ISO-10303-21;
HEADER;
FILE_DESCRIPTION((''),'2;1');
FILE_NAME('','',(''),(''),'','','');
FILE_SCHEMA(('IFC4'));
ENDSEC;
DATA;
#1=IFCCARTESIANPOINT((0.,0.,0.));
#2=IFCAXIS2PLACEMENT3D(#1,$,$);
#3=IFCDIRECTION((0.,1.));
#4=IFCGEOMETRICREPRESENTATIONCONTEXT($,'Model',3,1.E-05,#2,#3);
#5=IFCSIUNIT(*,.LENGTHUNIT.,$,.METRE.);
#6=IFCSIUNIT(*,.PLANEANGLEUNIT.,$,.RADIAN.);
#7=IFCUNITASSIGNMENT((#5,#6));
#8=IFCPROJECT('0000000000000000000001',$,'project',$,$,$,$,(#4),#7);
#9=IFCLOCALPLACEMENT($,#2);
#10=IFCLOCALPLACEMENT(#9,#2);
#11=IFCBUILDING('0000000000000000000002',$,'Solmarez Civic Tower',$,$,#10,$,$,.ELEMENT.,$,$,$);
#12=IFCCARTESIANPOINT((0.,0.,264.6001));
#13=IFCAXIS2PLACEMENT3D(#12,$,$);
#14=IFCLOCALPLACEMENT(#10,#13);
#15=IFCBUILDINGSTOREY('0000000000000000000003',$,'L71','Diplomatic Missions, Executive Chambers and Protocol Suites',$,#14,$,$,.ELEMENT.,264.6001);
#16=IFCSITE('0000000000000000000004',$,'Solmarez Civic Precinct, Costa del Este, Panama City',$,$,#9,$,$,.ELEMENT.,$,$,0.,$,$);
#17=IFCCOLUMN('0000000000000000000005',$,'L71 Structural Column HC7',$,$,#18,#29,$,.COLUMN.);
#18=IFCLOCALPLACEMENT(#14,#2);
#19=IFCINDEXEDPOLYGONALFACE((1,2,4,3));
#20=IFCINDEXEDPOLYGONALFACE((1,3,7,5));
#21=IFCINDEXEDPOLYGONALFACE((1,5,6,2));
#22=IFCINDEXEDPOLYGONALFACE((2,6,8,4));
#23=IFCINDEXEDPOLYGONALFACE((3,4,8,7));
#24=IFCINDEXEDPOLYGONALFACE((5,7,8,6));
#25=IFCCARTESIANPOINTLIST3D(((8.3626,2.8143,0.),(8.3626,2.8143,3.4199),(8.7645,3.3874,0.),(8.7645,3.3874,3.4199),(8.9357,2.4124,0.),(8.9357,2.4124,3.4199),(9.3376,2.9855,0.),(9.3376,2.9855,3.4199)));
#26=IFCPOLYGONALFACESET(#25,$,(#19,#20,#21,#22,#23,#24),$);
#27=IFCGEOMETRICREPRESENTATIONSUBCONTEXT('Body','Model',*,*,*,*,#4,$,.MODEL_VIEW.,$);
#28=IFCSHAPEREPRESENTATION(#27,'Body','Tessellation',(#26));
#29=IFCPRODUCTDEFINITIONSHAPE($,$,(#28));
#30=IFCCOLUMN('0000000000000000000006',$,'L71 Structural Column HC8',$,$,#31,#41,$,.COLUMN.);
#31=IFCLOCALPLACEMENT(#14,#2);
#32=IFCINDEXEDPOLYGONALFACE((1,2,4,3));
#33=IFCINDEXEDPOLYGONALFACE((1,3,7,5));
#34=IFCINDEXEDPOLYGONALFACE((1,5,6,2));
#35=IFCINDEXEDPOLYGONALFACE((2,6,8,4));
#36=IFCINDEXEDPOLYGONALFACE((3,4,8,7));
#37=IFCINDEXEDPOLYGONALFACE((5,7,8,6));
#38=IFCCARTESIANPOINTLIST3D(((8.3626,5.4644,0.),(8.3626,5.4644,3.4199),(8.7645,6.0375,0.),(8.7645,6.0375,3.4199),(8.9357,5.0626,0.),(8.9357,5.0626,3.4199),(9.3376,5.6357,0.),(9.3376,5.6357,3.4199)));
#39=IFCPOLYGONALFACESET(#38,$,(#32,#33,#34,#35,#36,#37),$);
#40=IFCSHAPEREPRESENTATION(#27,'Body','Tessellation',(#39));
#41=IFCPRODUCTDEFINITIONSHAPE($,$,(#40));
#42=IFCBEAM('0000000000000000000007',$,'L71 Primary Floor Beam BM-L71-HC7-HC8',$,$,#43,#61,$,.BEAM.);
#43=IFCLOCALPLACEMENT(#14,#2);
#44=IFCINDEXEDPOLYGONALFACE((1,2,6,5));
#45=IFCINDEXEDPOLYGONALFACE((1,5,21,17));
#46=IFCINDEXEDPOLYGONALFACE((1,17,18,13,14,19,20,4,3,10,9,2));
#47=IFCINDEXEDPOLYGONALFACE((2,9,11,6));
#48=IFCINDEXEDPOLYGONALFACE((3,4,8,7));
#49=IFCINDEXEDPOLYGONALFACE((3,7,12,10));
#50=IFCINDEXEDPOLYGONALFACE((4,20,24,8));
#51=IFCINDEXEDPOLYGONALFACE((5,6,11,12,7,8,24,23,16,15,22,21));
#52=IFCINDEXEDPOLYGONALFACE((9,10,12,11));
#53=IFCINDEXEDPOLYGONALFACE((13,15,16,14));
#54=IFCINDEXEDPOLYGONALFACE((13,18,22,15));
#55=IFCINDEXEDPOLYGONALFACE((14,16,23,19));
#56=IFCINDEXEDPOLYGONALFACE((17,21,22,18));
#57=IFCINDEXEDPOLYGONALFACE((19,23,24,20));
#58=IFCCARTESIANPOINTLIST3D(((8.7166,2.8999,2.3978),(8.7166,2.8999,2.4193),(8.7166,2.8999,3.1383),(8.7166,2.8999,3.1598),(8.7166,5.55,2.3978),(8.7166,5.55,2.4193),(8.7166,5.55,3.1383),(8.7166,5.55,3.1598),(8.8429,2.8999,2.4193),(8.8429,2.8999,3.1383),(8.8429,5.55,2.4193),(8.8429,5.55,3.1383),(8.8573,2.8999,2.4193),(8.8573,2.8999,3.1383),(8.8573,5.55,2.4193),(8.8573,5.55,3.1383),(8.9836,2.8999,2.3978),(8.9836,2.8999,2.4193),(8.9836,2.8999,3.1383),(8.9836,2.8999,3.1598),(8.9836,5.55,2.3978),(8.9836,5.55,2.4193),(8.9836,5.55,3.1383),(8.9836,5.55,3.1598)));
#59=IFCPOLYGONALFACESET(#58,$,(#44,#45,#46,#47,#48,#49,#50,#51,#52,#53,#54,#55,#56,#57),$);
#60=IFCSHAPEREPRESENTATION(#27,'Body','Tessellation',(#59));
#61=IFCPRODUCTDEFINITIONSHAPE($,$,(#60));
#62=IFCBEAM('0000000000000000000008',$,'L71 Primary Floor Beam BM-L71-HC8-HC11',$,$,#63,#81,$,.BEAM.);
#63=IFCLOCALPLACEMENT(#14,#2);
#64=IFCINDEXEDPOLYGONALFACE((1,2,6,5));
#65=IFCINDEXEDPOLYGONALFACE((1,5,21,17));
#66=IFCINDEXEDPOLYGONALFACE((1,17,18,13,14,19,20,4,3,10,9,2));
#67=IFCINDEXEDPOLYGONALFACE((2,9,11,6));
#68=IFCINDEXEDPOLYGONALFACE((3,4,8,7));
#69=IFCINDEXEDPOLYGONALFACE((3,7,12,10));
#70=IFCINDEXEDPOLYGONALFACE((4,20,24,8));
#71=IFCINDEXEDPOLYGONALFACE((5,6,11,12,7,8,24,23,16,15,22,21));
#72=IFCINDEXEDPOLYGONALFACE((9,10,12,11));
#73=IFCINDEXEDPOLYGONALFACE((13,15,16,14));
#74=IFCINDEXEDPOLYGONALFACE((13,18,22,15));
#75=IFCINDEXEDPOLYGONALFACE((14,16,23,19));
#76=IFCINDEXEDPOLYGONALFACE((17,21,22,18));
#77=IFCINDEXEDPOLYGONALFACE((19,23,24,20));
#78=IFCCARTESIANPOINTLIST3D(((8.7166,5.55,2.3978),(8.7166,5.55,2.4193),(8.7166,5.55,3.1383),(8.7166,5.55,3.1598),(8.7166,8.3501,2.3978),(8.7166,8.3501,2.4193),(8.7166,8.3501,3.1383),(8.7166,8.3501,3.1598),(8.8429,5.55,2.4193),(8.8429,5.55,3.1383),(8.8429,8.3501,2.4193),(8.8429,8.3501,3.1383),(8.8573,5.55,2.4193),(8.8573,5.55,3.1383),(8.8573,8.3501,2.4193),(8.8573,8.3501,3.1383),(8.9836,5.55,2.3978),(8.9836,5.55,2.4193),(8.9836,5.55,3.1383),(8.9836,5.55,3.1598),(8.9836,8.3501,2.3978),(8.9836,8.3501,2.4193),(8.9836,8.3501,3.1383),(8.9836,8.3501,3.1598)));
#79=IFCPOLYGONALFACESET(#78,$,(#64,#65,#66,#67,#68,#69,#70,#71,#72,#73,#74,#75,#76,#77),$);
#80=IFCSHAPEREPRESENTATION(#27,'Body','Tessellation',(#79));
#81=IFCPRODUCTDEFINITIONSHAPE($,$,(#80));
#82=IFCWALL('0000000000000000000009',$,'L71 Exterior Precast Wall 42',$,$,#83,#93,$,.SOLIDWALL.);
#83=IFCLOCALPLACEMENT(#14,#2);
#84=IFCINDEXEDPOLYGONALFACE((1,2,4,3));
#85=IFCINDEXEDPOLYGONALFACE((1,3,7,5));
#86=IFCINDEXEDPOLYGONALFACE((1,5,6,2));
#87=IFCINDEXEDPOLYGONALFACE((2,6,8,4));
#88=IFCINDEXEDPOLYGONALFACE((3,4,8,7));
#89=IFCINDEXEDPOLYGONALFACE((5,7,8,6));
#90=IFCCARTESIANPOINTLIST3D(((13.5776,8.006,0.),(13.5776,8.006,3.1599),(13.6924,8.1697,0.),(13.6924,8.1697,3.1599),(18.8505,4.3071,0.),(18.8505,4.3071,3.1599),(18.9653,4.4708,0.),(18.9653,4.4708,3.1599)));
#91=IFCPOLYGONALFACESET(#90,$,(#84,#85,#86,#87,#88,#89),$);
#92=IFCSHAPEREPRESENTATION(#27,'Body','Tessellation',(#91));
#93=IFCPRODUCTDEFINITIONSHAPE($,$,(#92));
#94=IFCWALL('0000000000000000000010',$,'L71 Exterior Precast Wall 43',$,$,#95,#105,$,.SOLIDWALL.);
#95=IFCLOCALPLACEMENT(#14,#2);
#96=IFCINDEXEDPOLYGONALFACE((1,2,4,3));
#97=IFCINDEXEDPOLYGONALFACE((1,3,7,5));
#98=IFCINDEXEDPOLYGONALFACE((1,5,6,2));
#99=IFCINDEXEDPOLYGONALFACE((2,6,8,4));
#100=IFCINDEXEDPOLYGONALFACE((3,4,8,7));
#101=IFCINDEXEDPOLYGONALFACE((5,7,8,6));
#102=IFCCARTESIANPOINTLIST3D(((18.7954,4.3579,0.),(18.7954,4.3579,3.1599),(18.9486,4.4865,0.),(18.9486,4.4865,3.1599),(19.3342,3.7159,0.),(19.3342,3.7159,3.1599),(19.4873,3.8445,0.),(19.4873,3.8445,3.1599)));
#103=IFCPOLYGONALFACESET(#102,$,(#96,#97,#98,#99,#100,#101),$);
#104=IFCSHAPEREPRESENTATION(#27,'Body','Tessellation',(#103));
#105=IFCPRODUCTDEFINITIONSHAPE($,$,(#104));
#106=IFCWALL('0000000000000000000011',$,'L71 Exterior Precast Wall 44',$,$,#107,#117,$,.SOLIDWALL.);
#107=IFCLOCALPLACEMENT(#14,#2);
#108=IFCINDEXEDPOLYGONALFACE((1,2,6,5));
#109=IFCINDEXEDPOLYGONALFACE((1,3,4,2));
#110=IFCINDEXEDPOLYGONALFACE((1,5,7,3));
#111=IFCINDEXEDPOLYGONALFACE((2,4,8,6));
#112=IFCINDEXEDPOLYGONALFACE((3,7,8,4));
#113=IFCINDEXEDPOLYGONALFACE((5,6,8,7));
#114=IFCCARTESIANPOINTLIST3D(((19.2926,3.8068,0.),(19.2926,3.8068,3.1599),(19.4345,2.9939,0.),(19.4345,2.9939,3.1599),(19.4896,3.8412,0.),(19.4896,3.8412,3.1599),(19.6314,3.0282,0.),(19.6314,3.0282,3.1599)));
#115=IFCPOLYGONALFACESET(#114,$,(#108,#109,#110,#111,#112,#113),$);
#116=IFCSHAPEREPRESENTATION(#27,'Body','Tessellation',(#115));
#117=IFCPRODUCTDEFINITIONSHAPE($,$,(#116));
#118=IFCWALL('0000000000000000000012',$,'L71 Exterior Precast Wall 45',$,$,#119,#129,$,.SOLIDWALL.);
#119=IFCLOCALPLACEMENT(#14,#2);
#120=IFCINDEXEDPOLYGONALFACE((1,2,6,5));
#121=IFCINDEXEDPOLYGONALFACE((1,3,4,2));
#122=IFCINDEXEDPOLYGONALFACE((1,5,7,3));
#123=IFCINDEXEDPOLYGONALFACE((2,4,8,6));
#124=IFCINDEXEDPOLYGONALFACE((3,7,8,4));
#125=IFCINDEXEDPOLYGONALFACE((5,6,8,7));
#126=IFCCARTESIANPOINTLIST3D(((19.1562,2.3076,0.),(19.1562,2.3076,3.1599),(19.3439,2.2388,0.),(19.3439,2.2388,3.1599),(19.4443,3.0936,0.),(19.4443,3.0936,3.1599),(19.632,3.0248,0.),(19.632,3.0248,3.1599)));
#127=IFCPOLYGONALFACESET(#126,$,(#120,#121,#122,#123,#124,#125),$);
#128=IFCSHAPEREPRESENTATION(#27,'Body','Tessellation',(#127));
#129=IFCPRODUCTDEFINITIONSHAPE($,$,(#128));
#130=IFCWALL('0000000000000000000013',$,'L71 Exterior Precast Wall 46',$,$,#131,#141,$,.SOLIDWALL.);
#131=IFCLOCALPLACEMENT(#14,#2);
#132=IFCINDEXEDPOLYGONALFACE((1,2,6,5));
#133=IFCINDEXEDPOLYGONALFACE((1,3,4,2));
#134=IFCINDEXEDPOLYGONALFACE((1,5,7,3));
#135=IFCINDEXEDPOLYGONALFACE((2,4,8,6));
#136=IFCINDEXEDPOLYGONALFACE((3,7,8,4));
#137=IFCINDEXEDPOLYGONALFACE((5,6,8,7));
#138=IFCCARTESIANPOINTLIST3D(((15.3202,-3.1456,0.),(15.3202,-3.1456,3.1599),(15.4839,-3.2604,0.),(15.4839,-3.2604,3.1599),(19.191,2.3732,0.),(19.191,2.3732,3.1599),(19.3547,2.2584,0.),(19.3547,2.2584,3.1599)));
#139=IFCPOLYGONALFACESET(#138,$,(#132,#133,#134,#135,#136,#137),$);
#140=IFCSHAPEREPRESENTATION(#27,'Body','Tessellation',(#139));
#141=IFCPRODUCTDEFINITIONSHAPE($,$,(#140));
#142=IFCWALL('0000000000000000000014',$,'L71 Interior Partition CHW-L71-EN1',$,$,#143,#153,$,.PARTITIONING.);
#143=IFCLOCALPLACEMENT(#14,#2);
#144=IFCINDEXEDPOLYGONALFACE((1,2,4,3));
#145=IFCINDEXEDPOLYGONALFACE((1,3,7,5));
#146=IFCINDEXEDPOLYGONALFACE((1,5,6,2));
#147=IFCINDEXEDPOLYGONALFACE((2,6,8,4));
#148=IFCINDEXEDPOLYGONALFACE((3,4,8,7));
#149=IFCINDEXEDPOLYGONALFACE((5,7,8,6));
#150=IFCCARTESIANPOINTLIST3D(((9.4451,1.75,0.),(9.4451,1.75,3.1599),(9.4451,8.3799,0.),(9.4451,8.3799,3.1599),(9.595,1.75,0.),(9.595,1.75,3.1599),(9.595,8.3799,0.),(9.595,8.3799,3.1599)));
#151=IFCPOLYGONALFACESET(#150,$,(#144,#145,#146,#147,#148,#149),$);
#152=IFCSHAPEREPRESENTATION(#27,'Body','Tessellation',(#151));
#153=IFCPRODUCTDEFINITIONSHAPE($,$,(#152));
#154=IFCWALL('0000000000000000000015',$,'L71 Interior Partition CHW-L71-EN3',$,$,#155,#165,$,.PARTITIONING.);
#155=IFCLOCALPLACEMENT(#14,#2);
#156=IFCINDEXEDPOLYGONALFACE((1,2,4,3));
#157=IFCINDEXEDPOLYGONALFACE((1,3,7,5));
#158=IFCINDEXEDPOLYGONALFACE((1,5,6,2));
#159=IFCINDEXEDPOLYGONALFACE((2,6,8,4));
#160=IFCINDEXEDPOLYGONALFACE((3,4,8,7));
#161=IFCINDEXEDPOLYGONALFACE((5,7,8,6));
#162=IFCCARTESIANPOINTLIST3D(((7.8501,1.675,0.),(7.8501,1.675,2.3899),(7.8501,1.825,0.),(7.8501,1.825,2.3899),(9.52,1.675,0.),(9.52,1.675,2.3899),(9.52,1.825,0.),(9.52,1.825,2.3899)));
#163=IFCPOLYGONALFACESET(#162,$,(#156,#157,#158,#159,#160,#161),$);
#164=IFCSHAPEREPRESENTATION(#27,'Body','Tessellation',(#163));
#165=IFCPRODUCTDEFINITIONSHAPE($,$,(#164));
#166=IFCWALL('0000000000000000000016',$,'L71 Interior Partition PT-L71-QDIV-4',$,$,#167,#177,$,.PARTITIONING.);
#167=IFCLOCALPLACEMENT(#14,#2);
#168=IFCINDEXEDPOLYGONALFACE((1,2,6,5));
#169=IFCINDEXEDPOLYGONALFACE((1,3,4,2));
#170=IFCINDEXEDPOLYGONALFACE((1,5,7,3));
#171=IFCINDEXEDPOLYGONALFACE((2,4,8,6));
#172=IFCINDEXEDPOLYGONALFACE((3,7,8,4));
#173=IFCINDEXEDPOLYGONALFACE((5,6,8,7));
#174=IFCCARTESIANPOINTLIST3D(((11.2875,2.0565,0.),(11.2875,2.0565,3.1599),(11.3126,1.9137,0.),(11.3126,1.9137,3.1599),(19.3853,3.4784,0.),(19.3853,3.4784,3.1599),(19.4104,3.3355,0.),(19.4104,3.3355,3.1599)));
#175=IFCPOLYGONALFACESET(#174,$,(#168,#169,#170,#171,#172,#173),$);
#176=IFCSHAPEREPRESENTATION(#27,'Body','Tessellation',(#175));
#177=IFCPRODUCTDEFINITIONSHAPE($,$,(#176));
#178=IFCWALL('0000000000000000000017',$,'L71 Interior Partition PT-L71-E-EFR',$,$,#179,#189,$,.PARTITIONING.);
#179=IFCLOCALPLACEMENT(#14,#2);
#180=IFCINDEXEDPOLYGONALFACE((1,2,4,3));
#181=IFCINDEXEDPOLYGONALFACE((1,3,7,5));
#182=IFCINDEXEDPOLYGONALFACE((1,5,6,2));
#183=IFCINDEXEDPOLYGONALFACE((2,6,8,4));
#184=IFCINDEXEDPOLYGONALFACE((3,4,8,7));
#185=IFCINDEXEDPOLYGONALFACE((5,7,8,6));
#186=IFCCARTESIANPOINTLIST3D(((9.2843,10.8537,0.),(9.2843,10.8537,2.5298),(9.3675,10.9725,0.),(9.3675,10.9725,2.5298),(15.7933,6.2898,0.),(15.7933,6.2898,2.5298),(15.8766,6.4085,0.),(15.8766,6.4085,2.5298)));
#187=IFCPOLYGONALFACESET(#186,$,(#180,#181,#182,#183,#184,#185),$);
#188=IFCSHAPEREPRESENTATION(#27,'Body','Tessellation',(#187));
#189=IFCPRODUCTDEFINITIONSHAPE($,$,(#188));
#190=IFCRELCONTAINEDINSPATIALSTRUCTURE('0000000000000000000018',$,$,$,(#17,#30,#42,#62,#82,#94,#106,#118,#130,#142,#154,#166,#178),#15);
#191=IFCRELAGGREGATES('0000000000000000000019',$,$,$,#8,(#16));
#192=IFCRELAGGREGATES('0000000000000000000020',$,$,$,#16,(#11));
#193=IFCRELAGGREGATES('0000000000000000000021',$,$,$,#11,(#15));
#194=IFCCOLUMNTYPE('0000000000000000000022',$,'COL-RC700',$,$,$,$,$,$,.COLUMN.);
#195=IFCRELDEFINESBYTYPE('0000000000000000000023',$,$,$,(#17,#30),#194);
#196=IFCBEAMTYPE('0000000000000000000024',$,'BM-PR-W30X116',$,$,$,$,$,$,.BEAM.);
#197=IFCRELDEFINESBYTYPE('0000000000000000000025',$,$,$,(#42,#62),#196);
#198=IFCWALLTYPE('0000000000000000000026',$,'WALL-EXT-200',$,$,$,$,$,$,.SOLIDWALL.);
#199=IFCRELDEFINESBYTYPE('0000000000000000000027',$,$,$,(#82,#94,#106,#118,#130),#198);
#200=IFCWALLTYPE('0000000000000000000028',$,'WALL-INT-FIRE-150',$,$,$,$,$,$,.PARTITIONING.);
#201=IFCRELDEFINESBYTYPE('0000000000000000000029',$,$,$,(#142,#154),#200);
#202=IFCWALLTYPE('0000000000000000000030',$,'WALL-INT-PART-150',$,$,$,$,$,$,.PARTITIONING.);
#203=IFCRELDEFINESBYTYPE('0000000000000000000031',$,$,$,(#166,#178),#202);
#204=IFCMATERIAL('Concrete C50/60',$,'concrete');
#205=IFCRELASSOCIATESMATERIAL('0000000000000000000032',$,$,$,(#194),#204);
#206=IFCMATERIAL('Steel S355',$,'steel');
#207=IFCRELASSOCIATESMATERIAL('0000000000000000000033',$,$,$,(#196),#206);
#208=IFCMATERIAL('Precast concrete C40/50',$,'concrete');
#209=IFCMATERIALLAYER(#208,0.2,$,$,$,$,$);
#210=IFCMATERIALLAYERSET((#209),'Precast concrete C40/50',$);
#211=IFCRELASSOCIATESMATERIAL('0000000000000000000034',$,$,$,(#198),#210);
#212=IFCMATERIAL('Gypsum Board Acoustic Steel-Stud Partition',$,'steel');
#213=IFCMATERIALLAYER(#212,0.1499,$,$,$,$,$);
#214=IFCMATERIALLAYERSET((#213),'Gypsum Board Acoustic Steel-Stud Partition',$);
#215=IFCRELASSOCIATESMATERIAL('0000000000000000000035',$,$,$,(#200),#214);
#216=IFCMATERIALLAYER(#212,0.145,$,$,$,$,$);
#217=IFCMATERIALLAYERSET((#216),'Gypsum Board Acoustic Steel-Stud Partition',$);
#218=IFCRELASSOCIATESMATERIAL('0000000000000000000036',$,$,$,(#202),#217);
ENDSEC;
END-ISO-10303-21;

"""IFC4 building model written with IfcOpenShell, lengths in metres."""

from ifc_helpers import new_model, si_unit, direction, frame, frame_2d, origin, origin_2d, place, context, subcontext, project, spatial, rectangle, i_section, extrude, material, layer, layer_set, material_profile, profile_set, type_object, element, save


model = new_model("IFC4")

# Units and contexts
model_context = context("Model", 3, precision=1e-05, world=origin(), true_north=direction((0.0, 1.0)))
body_context = subcontext(model_context, "Body", "Model", "MODEL_VIEW")
ifc_project = project(units=[si_unit("LENGTHUNIT", "METRE"), si_unit("PLANEANGLEUNIT", "RADIAN")], contexts=[model_context])

# Site, building, storey
site_placement = place(None, origin())
site = spatial("IfcSite", under=ifc_project, at=site_placement, Name="Solmarez Civic Precinct, Costa del Este, Panama City", CompositionType="ELEMENT", RefElevation=0.0)
building_placement = place(site_placement, origin())
building = spatial("IfcBuilding", under=site, at=building_placement, Name="Solmarez Civic Tower", CompositionType="ELEMENT")
storey_placement = place(building_placement, frame((0.0, 0.0, 264.6001)))
storey = spatial("IfcBuildingStorey", under=building, at=storey_placement, Name="L71", Description="Diplomatic Missions, Executive Chambers and Protocol Suites", CompositionType="ELEMENT", Elevation=264.6001)

# Columns
ifc_material_1 = material(Name="Concrete C50/60", Category="concrete")
ifc_material_profile_1 = material_profile(ifc_material_1, rectangle(XDim=0.7, YDim=0.7, at=origin_2d()), Name="RC700X700")
ifc_profile_set_1 = profile_set([ifc_material_profile_1], Name="Concrete C50/60")
column_type = type_object("IfcColumnType", Name="COL-RC700", PredefinedType="COLUMN", material=ifc_profile_set_1)
for number, where, z_axis, x_axis, name in (
    (1, (8.8501, 2.8999, 0.0), (0.0, 0.0, 1.0), (0.574148, 0.818751, 0.0), "L71 Structural Column HC7"),
    (2, (8.8501, 5.55, 0.0), (0.0, 0.0, 1.0), (0.574148, 0.818751, 0.0), "L71 Structural Column HC8"),
):
    element("IfcColumn", number, at=place(storey_placement, frame(where, z_axis=z_axis, x_axis=x_axis)), inside=storey, type_object=column_type, Name=name, PredefinedType="COLUMN", context=body_context, shape_type="SweptSolid", body=[
        extrude(rectangle(XDim=0.7, YDim=0.7, at=origin_2d()), origin(), (0.0, 0.0, 1.0), 3.4199),
    ])

# Beams
ifc_material_2 = material(Name="Steel S355", Category="steel")
ifc_material_profile_2 = material_profile(ifc_material_2, i_section(OverallWidth=0.2671, OverallDepth=0.762, WebThickness=0.0144, FlangeThickness=0.0215, at=origin_2d()), Name="W30X116")
ifc_profile_set_2 = profile_set([ifc_material_profile_2], Name="Steel S355")
beam_type = type_object("IfcBeamType", Name="BM-PR-W30X116", PredefinedType="BEAM", material=ifc_profile_set_2)
beam_1_placement = place(storey_placement, frame((8.8501, 2.8999, 2.7788), z_axis=(0.0, 1.0, 0.0), x_axis=(-1.0, 0.0, 0.0)))
element("IfcBeam", 3, at=beam_1_placement, inside=storey, type_object=beam_type, Name="L71 Primary Floor Beam BM-L71-HC7-HC8", PredefinedType="BEAM", context=body_context, shape_type="SweptSolid", body=[
    extrude(i_section(OverallWidth=0.2671, OverallDepth=0.762, WebThickness=0.0144, FlangeThickness=0.0215, at=origin_2d()), origin(), (0.0, 0.0, 1.0), 2.6501),
])
beam_2_placement = place(storey_placement, frame((8.8501, 5.55, 2.7788), z_axis=(0.0, 1.0, 0.0), x_axis=(-1.0, 0.0, 0.0)))
element("IfcBeam", 4, at=beam_2_placement, inside=storey, type_object=beam_type, Name="L71 Primary Floor Beam BM-L71-HC8-HC11", PredefinedType="BEAM", context=body_context, shape_type="SweptSolid", body=[
    extrude(i_section(OverallWidth=0.2671, OverallDepth=0.762, WebThickness=0.0144, FlangeThickness=0.0215, at=origin_2d()), origin(), (0.0, 0.0, 1.0), 2.8),
])

# Walls
ifc_material_3 = material(Name="Precast concrete C40/50", Category="concrete")
ifc_layer_1 = layer(ifc_material_3, 0.2)
ifc_layer_set_1 = layer_set([ifc_layer_1], Name="Precast concrete C40/50")
wall_type_1 = type_object("IfcWallType", Name="WALL-EXT-200", PredefinedType="SOLIDWALL", material=ifc_layer_set_1)
wall_1_placement = place(storey_placement, frame((13.635, 8.0879, 0.0), z_axis=(0.0, 0.0, 1.0), x_axis=(0.818655, -0.574286, 0.0)))
element("IfcWall", 5, at=wall_1_placement, inside=storey, type_object=wall_type_1, Name="L71 Exterior Precast Wall 42", PredefinedType="SOLIDWALL", context=body_context, shape_type="SweptSolid", body=[
    extrude(rectangle(XDim=6.4409, YDim=0.2, at=frame_2d((3.2205, 0.0))), origin(), (0.0, 0.0, 1.0), 3.1599),
])
wall_2_placement = place(storey_placement, frame((18.8721, 4.4221, 0.0), z_axis=(0.0, 0.0, 1.0), x_axis=(0.642816, -0.76602, 0.0)))
element("IfcWall", 6, at=wall_2_placement, inside=storey, type_object=wall_type_1, Name="L71 Exterior Precast Wall 43", PredefinedType="SOLIDWALL", context=body_context, shape_type="SweptSolid", body=[
    extrude(rectangle(XDim=0.8381, YDim=0.2, at=frame_2d((0.4189, 0.0))), origin(), (0.0, 0.0, 1.0), 3.1599),
])
wall_3_placement = place(storey_placement, frame((19.3911, 3.824, 0.0), z_axis=(0.0, 0.0, 1.0), x_axis=(0.171878, -0.985118, 0.0)))
element("IfcWall", 7, at=wall_3_placement, inside=storey, type_object=wall_type_1, Name="L71 Exterior Precast Wall 44", PredefinedType="SOLIDWALL", context=body_context, shape_type="SweptSolid", body=[
    extrude(rectangle(XDim=0.8252, YDim=0.2, at=frame_2d((0.4126, 0.0))), origin(), (0.0, 0.0, 1.0), 3.1599),
])
wall_4_placement = place(storey_placement, frame((19.5381, 3.0591, 0.0), z_axis=(0.0, 0.0, 1.0), x_axis=(-0.344083, -0.938939, 0.0)))
element("IfcWall", 8, at=wall_4_placement, inside=storey, type_object=wall_type_1, Name="L71 Exterior Precast Wall 45", PredefinedType="SOLIDWALL", context=body_context, shape_type="SweptSolid", body=[
    extrude(rectangle(XDim=0.8372, YDim=0.2, at=frame_2d((0.4185, 0.0))), origin(), (0.0, 0.0, 1.0), 3.1599),
])
wall_5_placement = place(storey_placement, frame((19.2729, 2.3159, 0.0), z_axis=(0.0, 0.0, 1.0), x_axis=(-0.574228, -0.818696, 0.0)))
element("IfcWall", 9, at=wall_5_placement, inside=storey, type_object=wall_type_1, Name="L71 Exterior Precast Wall 46", PredefinedType="SOLIDWALL", context=body_context, shape_type="SweptSolid", body=[
    extrude(rectangle(XDim=6.741, YDim=0.2, at=frame_2d((3.3706, 0.0))), origin(), (0.0, 0.0, 1.0), 3.1599),
])
ifc_material_4 = material(Name="Gypsum Board Acoustic Steel-Stud Partition", Category="steel")
ifc_layer_2 = layer(ifc_material_4, 0.1499)
ifc_layer_set_2 = layer_set([ifc_layer_2], Name="Gypsum Board Acoustic Steel-Stud Partition")
wall_type_2 = type_object("IfcWallType", Name="WALL-INT-FIRE-150", PredefinedType="PARTITIONING", material=ifc_layer_set_2)
wall_6_placement = place(storey_placement, frame((9.52, 1.75, 0.0), z_axis=(0.0, 0.0, 1.0), x_axis=(0.0, 1.0, 0.0)))
element("IfcWall", 10, at=wall_6_placement, inside=storey, type_object=wall_type_2, Name="L71 Interior Partition CHW-L71-EN1", PredefinedType="PARTITIONING", context=body_context, shape_type="SweptSolid", body=[
    extrude(rectangle(XDim=6.6299, YDim=0.1499, at=frame_2d((3.3149, 0.0))), origin(), (0.0, 0.0, 1.0), 3.1599),
])
wall_7_placement = place(storey_placement, frame((7.8501, 1.75, 0.0), z_axis=(0.0, 0.0, 1.0), x_axis=(1.0, 0.0, 0.0)))
element("IfcWall", 11, at=wall_7_placement, inside=storey, type_object=wall_type_2, Name="L71 Interior Partition CHW-L71-EN3", PredefinedType="PARTITIONING", context=body_context, shape_type="SweptSolid", body=[
    extrude(rectangle(XDim=1.6699, YDim=0.1499, at=frame_2d((0.835, 0.0))), origin(), (0.0, 0.0, 1.0), 2.3899),
])
ifc_layer_3 = layer(ifc_material_4, 0.145)
ifc_layer_set_3 = layer_set([ifc_layer_3], Name="Gypsum Board Acoustic Steel-Stud Partition")
wall_type_3 = type_object("IfcWallType", Name="WALL-INT-PART-150", PredefinedType="PARTITIONING", material=ifc_layer_set_3)
wall_8_placement = place(storey_placement, frame((11.3, 1.9851, 0.0), z_axis=(0.0, 0.0, 1.0), x_axis=(0.984932, 0.17294, 0.0)))
element("IfcWall", 12, at=wall_8_placement, inside=storey, type_object=wall_type_3, Name="L71 Interior Partition PT-L71-QDIV-4", PredefinedType="PARTITIONING", context=body_context, shape_type="SweptSolid", body=[
    extrude(rectangle(XDim=8.2217, YDim=0.145, at=frame_2d((4.1108, 0.0))), origin(), (0.0, 0.0, 1.0), 3.1599),
])
wall_9_placement = place(storey_placement, frame((15.835, 6.3491, 0.0), z_axis=(0.0, 0.0, 1.0), x_axis=(-0.81878, 0.574107, 0.0)))
element("IfcWall", 13, at=wall_9_placement, inside=storey, type_object=wall_type_3, Name="L71 Interior Partition PT-L71-E-EFR", PredefinedType="PARTITIONING", context=body_context, shape_type="SweptSolid", body=[
    extrude(rectangle(XDim=7.9497, YDim=0.145, at=frame_2d((3.9749, 0.0))), origin(), (0.0, 0.0, 1.0), 2.5298),
])

save(model, "model.ifc")
